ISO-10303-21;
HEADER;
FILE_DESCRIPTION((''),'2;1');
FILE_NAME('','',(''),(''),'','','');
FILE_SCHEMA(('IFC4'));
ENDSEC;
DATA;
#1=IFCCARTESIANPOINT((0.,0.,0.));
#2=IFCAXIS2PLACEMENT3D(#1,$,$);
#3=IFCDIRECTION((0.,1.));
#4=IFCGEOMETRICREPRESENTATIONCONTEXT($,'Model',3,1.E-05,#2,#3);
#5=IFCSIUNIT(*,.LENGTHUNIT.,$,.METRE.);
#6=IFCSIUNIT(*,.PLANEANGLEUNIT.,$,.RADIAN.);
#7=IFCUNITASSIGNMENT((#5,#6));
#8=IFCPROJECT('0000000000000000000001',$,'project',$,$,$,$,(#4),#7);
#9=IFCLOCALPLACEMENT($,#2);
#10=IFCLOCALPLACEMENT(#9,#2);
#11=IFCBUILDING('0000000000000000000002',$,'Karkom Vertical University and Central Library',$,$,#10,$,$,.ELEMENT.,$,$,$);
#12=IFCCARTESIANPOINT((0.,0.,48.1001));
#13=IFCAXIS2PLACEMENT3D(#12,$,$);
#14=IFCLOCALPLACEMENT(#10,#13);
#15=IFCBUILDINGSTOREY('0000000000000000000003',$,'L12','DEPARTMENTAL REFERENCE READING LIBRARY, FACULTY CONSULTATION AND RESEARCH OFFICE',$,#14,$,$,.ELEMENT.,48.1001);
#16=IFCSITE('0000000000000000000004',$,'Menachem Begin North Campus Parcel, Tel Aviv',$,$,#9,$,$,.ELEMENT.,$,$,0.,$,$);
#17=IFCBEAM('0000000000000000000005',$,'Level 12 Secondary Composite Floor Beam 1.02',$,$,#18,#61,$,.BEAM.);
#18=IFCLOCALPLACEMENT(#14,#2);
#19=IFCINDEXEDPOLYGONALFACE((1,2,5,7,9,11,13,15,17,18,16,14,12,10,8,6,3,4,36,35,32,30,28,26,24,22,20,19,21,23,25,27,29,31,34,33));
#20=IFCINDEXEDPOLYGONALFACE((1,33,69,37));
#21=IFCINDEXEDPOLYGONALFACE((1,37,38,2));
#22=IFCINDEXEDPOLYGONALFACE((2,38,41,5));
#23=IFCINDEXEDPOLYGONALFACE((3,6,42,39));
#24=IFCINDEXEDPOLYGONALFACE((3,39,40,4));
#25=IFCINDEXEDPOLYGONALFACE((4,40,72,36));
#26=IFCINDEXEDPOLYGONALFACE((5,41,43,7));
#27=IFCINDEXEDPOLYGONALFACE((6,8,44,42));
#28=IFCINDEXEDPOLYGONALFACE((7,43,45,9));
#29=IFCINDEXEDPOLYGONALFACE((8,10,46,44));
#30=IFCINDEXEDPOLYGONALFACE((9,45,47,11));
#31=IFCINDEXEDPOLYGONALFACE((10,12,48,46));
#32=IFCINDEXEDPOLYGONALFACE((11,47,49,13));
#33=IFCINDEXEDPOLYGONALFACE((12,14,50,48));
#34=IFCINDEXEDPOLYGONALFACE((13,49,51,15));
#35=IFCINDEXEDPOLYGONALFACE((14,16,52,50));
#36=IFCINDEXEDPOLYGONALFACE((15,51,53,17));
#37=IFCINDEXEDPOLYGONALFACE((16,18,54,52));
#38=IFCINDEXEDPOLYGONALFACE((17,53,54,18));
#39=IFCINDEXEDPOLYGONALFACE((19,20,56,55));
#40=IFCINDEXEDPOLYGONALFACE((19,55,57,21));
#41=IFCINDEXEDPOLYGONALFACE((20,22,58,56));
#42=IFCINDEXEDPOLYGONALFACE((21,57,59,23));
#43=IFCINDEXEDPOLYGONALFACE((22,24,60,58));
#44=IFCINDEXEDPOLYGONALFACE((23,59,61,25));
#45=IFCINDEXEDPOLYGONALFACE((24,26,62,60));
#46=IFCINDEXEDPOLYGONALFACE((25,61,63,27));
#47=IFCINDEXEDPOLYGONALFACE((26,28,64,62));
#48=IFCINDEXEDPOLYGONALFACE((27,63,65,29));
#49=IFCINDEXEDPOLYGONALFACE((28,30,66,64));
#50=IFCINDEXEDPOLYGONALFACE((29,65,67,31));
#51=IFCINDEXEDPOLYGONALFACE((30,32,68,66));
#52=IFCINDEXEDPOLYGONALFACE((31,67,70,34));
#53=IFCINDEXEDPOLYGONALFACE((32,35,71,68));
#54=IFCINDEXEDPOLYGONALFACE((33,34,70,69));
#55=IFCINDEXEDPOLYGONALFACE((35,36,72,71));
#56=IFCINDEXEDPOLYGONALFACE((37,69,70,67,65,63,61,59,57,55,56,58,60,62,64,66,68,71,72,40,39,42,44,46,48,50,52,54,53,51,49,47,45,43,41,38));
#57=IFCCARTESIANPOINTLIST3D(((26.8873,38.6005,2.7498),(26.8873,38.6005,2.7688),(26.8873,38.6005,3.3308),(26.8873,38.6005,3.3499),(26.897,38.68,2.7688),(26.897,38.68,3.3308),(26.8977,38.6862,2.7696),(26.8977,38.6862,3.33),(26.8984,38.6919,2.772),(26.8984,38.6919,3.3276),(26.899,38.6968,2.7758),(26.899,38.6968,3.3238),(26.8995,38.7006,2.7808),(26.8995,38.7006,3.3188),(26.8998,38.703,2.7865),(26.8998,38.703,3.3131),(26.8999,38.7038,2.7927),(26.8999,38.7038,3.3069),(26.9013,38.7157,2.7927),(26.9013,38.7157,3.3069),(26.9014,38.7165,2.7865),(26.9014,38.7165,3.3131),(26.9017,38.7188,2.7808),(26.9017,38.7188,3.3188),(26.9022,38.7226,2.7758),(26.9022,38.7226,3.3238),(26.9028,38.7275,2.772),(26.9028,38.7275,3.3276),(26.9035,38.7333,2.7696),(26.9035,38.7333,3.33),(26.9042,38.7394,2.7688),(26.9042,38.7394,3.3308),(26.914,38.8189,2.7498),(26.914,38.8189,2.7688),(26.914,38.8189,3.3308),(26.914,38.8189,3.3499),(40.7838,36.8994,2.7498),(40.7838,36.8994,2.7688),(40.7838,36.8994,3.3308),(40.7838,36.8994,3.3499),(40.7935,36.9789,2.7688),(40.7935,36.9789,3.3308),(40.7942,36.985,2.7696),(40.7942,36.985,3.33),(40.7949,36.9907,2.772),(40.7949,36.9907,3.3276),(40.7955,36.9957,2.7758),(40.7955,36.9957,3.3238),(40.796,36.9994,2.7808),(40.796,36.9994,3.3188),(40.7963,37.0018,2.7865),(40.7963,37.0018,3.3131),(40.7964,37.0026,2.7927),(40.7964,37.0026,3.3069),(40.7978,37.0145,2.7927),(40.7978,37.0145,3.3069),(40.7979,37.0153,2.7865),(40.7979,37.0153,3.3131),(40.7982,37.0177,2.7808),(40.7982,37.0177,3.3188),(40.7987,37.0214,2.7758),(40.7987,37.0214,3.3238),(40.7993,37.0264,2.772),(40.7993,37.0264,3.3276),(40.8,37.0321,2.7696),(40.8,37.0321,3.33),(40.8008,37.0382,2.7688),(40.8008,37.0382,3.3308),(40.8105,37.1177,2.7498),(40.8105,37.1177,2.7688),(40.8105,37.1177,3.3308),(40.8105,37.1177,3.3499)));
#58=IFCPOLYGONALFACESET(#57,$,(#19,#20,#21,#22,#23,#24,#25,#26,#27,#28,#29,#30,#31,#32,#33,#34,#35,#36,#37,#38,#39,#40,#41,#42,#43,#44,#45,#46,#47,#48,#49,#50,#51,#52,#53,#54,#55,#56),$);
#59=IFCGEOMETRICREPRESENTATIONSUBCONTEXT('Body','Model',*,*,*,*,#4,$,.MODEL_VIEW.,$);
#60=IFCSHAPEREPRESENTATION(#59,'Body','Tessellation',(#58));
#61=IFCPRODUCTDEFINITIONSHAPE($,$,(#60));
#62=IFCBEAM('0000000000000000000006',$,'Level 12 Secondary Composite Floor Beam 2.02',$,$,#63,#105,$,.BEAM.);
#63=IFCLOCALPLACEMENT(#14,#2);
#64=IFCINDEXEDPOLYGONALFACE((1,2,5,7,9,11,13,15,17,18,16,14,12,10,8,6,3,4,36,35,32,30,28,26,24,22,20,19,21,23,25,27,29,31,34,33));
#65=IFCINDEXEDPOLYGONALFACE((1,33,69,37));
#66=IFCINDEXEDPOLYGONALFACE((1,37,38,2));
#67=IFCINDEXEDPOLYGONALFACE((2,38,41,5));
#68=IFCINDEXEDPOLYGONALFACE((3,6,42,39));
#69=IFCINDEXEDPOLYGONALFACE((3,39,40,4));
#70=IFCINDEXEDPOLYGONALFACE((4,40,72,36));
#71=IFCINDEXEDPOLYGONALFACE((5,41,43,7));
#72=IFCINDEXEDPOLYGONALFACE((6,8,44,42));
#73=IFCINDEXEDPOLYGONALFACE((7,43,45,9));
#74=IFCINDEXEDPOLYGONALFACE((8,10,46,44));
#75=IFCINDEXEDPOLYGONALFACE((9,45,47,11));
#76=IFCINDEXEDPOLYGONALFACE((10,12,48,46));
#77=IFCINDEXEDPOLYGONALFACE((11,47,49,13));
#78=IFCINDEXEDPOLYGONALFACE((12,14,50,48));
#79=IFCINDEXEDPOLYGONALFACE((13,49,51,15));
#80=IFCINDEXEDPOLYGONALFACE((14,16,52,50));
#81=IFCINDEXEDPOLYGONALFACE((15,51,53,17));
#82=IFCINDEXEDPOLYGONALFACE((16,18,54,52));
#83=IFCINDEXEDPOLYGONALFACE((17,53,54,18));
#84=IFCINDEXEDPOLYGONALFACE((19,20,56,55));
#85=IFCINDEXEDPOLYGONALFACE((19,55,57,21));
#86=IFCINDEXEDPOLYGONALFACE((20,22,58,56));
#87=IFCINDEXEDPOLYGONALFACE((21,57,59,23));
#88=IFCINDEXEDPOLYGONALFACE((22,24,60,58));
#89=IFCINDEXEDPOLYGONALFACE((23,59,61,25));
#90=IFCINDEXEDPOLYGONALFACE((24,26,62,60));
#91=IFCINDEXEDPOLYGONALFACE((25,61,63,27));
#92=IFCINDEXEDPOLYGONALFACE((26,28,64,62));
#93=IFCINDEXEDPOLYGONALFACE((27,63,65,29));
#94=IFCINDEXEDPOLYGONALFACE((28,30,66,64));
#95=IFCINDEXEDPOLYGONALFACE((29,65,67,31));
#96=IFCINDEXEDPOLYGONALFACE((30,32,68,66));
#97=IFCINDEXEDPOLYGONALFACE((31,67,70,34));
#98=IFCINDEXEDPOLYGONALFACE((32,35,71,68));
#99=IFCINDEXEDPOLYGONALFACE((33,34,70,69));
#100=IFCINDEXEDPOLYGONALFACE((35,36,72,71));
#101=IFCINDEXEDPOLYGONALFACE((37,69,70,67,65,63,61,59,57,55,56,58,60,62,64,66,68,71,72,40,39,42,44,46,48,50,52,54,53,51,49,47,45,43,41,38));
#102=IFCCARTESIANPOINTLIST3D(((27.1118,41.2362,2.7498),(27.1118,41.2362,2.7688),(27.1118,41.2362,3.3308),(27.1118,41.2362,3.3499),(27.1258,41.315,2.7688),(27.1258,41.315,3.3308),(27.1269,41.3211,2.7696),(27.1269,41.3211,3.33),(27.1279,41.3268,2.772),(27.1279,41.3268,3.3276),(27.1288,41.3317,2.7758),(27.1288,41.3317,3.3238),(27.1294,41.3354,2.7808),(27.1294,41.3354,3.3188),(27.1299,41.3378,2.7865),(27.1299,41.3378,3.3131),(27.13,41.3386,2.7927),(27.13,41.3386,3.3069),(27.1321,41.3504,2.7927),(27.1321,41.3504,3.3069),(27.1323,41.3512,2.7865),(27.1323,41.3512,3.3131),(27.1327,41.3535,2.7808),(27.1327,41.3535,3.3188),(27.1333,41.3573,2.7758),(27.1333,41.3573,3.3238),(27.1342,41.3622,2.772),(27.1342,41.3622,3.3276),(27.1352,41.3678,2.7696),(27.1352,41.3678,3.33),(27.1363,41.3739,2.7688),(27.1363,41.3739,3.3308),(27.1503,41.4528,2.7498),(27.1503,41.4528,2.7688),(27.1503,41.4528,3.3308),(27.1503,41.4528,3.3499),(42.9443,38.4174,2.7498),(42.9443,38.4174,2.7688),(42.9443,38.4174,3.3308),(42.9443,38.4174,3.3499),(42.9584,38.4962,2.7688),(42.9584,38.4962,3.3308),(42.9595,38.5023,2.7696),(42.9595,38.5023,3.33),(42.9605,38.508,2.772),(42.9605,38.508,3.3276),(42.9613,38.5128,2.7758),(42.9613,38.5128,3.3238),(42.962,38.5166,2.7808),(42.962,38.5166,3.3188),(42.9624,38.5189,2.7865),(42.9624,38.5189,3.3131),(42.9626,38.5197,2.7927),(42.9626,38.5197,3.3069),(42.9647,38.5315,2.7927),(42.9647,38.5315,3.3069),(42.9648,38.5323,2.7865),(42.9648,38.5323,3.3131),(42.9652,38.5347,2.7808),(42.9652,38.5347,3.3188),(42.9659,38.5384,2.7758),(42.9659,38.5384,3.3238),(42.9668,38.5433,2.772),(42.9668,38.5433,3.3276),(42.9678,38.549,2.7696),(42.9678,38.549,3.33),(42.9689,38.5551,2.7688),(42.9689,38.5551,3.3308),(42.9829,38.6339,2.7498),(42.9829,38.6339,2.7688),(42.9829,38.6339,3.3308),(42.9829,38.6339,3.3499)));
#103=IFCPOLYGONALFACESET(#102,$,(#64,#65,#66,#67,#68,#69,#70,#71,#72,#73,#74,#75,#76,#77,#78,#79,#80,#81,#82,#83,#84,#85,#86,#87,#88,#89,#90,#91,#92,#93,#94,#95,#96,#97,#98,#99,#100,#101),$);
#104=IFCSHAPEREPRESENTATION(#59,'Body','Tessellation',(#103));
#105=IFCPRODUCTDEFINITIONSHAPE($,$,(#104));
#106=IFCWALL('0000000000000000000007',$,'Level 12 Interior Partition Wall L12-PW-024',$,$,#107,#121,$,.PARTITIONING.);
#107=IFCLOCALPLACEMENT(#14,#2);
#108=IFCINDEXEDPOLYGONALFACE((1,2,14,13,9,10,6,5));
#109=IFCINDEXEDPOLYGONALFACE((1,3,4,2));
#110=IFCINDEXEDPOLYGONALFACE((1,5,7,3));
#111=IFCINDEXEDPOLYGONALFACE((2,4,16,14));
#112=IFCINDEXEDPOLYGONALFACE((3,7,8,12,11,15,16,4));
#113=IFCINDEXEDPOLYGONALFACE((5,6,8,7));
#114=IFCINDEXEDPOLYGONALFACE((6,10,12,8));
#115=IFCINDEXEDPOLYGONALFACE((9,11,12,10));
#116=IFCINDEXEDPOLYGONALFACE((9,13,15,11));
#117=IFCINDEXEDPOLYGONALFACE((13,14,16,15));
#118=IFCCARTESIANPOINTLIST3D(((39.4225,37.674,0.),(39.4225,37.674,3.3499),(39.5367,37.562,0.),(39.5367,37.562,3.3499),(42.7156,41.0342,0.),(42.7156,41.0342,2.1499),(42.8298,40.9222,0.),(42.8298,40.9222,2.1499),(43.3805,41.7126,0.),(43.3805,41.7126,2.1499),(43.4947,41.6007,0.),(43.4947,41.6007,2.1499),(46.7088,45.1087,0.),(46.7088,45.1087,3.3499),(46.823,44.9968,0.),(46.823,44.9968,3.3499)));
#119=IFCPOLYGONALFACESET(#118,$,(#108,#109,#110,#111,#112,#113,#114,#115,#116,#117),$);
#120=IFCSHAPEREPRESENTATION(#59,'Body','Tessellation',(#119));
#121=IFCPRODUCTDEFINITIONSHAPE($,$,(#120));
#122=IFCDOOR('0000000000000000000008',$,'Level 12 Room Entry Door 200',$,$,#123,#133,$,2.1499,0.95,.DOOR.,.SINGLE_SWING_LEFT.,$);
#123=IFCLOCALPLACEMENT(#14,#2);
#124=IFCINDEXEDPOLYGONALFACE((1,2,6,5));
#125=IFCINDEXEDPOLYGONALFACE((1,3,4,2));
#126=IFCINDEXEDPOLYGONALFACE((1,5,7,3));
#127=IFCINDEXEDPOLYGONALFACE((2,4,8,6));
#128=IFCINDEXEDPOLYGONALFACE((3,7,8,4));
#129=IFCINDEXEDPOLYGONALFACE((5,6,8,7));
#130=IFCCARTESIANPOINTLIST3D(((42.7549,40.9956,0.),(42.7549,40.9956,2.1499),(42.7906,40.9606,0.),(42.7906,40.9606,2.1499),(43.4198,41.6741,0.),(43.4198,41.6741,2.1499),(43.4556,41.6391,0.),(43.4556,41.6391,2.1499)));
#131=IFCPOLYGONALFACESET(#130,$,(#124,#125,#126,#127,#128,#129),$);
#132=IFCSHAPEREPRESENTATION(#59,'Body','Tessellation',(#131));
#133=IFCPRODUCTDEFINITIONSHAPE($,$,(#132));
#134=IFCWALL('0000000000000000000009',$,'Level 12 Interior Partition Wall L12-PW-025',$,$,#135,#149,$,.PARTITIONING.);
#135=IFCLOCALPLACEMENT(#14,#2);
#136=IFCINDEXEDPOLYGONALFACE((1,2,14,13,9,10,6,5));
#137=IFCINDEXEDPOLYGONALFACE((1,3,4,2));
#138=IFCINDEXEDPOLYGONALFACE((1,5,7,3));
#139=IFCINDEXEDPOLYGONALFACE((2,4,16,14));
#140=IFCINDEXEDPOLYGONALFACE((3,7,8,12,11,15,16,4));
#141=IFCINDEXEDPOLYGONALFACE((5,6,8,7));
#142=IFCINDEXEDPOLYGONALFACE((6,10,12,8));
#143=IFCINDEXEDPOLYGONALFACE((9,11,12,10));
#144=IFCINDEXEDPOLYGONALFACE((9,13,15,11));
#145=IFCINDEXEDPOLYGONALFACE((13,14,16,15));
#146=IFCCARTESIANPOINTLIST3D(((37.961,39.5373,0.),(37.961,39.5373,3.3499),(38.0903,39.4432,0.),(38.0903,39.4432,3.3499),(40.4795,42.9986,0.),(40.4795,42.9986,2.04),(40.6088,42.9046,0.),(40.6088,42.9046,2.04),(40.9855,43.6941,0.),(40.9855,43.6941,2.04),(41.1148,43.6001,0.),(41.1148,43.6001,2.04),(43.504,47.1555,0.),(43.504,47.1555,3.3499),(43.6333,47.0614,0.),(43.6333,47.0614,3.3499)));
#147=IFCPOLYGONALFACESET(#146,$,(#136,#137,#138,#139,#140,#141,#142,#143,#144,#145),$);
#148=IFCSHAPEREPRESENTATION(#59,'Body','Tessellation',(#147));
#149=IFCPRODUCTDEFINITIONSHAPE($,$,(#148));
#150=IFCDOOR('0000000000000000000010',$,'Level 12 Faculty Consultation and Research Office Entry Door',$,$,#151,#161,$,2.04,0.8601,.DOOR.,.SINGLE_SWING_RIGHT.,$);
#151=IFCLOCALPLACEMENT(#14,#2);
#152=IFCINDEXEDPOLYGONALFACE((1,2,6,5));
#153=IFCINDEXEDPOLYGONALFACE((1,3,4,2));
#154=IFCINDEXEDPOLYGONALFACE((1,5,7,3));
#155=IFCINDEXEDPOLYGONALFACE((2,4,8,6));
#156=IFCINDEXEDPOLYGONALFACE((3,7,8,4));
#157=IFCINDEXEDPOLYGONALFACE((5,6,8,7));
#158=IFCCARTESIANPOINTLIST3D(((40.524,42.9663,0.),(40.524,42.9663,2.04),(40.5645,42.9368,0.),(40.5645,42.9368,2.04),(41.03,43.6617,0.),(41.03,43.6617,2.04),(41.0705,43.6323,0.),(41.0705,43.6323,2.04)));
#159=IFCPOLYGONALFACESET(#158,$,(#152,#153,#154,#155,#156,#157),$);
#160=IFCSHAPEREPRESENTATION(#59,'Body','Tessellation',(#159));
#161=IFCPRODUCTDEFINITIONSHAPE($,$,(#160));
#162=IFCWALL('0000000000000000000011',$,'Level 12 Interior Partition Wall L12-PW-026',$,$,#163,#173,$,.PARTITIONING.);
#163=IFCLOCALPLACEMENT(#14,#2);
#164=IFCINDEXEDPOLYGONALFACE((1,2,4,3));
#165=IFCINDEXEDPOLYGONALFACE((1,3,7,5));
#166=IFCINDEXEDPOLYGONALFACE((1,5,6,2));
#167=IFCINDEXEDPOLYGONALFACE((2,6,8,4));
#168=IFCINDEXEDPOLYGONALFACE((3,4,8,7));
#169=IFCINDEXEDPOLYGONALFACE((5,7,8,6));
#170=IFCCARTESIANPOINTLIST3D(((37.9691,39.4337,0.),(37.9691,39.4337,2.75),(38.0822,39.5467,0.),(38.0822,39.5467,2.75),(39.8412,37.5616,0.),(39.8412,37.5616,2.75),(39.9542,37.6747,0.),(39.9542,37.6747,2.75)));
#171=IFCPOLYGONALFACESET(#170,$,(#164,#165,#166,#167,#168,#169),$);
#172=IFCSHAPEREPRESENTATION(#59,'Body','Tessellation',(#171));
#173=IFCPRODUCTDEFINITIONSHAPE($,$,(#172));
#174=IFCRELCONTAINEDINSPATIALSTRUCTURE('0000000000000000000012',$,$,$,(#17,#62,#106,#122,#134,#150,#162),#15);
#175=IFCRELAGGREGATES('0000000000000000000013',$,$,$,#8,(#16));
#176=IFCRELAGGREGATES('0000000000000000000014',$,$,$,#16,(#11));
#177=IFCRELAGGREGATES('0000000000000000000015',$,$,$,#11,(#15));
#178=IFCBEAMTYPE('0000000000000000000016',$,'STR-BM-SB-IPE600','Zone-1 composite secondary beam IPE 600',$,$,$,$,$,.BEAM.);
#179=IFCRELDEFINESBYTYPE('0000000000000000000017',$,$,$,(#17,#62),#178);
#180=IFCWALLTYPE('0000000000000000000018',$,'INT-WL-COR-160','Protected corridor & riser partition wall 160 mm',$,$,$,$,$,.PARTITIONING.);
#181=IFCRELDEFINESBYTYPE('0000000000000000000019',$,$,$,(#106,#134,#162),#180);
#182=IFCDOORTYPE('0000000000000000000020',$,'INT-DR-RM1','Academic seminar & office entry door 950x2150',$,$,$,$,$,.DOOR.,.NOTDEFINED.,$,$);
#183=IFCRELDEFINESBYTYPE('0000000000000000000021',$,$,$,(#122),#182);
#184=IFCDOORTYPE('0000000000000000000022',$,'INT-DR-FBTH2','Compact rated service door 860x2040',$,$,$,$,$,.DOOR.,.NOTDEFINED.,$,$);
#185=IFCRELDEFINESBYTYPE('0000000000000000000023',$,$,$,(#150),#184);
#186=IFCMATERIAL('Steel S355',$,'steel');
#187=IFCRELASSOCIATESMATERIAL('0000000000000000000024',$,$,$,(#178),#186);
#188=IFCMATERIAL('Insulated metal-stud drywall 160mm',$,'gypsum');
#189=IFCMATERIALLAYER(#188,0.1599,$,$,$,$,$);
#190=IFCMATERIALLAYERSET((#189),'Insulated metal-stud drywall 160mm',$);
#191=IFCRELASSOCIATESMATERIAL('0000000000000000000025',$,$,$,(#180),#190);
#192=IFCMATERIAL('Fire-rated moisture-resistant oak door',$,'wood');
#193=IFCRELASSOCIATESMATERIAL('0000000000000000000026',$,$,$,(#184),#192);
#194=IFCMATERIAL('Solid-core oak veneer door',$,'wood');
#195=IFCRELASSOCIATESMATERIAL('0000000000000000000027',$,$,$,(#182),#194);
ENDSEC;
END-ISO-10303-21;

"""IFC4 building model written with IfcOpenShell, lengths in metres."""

from ifc_helpers import new_model, si_unit, direction, frame, frame_2d, origin, origin_with_axes, origin_2d, place, context, subcontext, project, spatial, rectangle, i_section, extrude, source, transform, mapped, material, layer, layer_set, material_profile, profile_set, type_object, element, fill, save


model = new_model("IFC4")

# Units and contexts
model_context = context("Model", 3, precision=1e-05, world=origin(), true_north=direction((0.0, 1.0)))
body_context = subcontext(model_context, "Body", "Model", "MODEL_VIEW")
ifc_project = project(units=[si_unit("LENGTHUNIT", "METRE"), si_unit("PLANEANGLEUNIT", "RADIAN")], contexts=[model_context])

# Site, building, storey
site_placement = place(None, origin())
site = spatial("IfcSite", under=ifc_project, at=site_placement, Name="Menachem Begin North Campus Parcel, Tel Aviv", CompositionType="ELEMENT", RefElevation=0.0)
building_placement = place(site_placement, origin())
building = spatial("IfcBuilding", under=site, at=building_placement, Name="Karkom Vertical University and Central Library", CompositionType="ELEMENT")
storey_placement = place(building_placement, frame((0.0, 0.0, 48.1001)))
storey = spatial("IfcBuildingStorey", under=building, at=storey_placement, Name="L12", Description="DEPARTMENTAL REFERENCE READING LIBRARY, FACULTY CONSULTATION AND RESEARCH OFFICE", CompositionType="ELEMENT", Elevation=48.1001)

# Beams
ifc_material_1 = material(Name="Steel S355", Category="steel")
ifc_material_profile = material_profile(ifc_material_1, i_section(OverallWidth=0.22, OverallDepth=0.6001, WebThickness=0.012, FlangeThickness=0.019, FilletRadius=0.0239, at=origin_2d()), Name="IPE 600")
ifc_profile_set = profile_set([ifc_material_profile], Name="Steel S355")
beam_type = type_object("IfcBeamType", Name="STR-BM-SB-IPE600", Description="Zone-1 composite secondary beam IPE 600", PredefinedType="BEAM", material=ifc_profile_set)
shared_shape_1 = source(origin_with_axes(), body_context, "Body", "SweptSolid", [
    extrude(i_section(OverallWidth=0.22, OverallDepth=0.6001, WebThickness=0.012, FlangeThickness=0.019, FilletRadius=0.0239, at=origin_2d()), origin(), (0.0, 0.0, 1.0), 14.0002),
])
beam_1_placement = place(storey_placement, frame((40.7971, 37.0085, 3.0498), z_axis=(-0.99259, 0.12151, 0.0), x_axis=(-0.12151, -0.99259, 0.0)))
element("IfcBeam", 1, at=beam_1_placement, inside=storey, type_object=beam_type, Name="Level 12 Secondary Composite Floor Beam 1.02", PredefinedType="BEAM", context=body_context, shape_type="MappedRepresentation", body=[
    mapped(shared_shape_1, transform((0.0, 0.0, 0.0), scale=1.0)),
])
shared_shape_2 = source(origin_with_axes(), body_context, "Body", "SweptSolid", [
    extrude(i_section(OverallWidth=0.22, OverallDepth=0.6001, WebThickness=0.012, FlangeThickness=0.019, FilletRadius=0.0239, at=origin_2d()), origin(), (0.0, 0.0, 1.0), 16.0815),
])
beam_2_placement = place(storey_placement, frame((42.9636, 38.5256, 3.0498), z_axis=(-0.984518, 0.175285, 0.0), x_axis=(-0.175285, -0.984518, 0.0)))
element("IfcBeam", 2, at=beam_2_placement, inside=storey, type_object=beam_type, Name="Level 12 Secondary Composite Floor Beam 2.02", PredefinedType="BEAM", context=body_context, shape_type="MappedRepresentation", body=[
    mapped(shared_shape_2, transform((0.0, 0.0, 0.0), scale=1.0)),
])

# Shared definitions
ifc_material_2 = material(Name="Insulated metal-stud drywall 160mm", Category="gypsum")
ifc_layer = layer(ifc_material_2, 0.1599)
ifc_layer_set = layer_set([ifc_layer], Name="Insulated metal-stud drywall 160mm")
wall_type = type_object("IfcWallType", Name="INT-WL-COR-160", Description="Protected corridor & riser partition wall 160 mm", PredefinedType="PARTITIONING", material=ifc_layer_set)
ifc_material_3 = material(Name="Fire-rated moisture-resistant oak door", Category="wood")
door_type_1 = type_object("IfcDoorType", Name="INT-DR-FBTH2", Description="Compact rated service door 860x2040", OperationType="NOTDEFINED", PredefinedType="DOOR", material=ifc_material_3)
shared_shape_3 = source(origin_with_axes(), body_context, "Body", "SweptSolid", [
    extrude(rectangle(XDim=0.8601, YDim=2.04, at=frame_2d((0.4302, 1.02))), frame((0.0, 0.0249, 0.0), z_axis=(0.0, -1.0, 0.0), x_axis=(1.0, 0.0, 0.0)), (0.0, 0.0, 1.0), 0.05),
])
ifc_material_4 = material(Name="Solid-core oak veneer door", Category="wood")
door_type_2 = type_object("IfcDoorType", Name="INT-DR-RM1", Description="Academic seminar & office entry door 950x2150", OperationType="NOTDEFINED", PredefinedType="DOOR", material=ifc_material_4)
shared_shape_4 = source(origin_with_axes(), body_context, "Body", "SweptSolid", [
    extrude(rectangle(XDim=0.95, YDim=2.1499, at=frame_2d((0.4751, 1.075))), frame((0.0, 0.0249, 0.0), z_axis=(0.0, -1.0, 0.0), x_axis=(1.0, 0.0, 0.0)), (0.0, 0.0, 1.0), 0.05),
])

# Walls, openings, doors
wall_1_placement = place(storey_placement, frame((39.4795, 37.6179, 0.0), z_axis=(0.0, 0.0, 1.0), x_axis=(0.699941, 0.7142, 0.0)))
wall_1 = element("IfcWall", 3, at=wall_1_placement, inside=storey, type_object=wall_type, Name="Level 12 Interior Partition Wall L12-PW-024", PredefinedType="PARTITIONING", context=body_context, shape_type="SweptSolid", body=[
    extrude(rectangle(XDim=10.4099, YDim=0.1599, at=frame_2d((5.2051, 0.0))), origin(), (0.0, 0.0, 1.0), 3.3499),
])
opening_1_placement = place(wall_1_placement, frame((4.7048, 0.0, 0.0)))
opening_1 = element("IfcOpeningElement", 4, at=opening_1_placement, cuts=wall_1, PredefinedType="OPENING", context=body_context, shape_type="SweptSolid", body=[
    extrude(rectangle(XDim=0.95, YDim=2.1499, at=frame_2d((0.4751, 1.075))), frame((0.0, 0.0898, 0.0), z_axis=(0.0, -1.0, 0.0), x_axis=(1.0, 0.0, 0.0)), (0.0, 0.0, 1.0), 0.1799),
])
door_1_placement = place(opening_1_placement, origin())
door_1 = element("IfcDoor", 5, at=door_1_placement, inside=storey, type_object=door_type_2, Name="Level 12 Room Entry Door 200", OperationType="SINGLE_SWING_LEFT", OverallHeight=2.1499, OverallWidth=0.95, PredefinedType="DOOR", context=body_context, shape_type="MappedRepresentation", body=[
    mapped(shared_shape_4, transform((0.0, 0.0, 0.0), scale=1.0)),
])
fill(opening_1, door_1)
wall_2_placement = place(storey_placement, frame((38.0256, 39.4902, 0.0), z_axis=(0.0, 0.0, 1.0), x_axis=(0.588344, 0.808611, 0.0)))
wall_2 = element("IfcWall", 6, at=wall_2_placement, inside=storey, type_object=wall_type, Name="Level 12 Interior Partition Wall L12-PW-025", PredefinedType="PARTITIONING", context=body_context, shape_type="SweptSolid", body=[
    extrude(rectangle(XDim=9.4214, YDim=0.1599, at=frame_2d((4.7107, 0.0))), origin(), (0.0, 0.0, 1.0), 3.3499),
])
opening_2_placement = place(wall_2_placement, frame((4.2805, 0.0, 0.0)))
opening_2 = element("IfcOpeningElement", 7, at=opening_2_placement, cuts=wall_2, PredefinedType="OPENING", context=body_context, shape_type="SweptSolid", body=[
    extrude(rectangle(XDim=0.8601, YDim=2.04, at=frame_2d((0.4302, 1.02))), frame((0.0, 0.0898, 0.0), z_axis=(0.0, -1.0, 0.0), x_axis=(1.0, 0.0, 0.0)), (0.0, 0.0, 1.0), 0.1799),
])
door_2_placement = place(opening_2_placement, origin())
door_2 = element("IfcDoor", 8, at=door_2_placement, inside=storey, type_object=door_type_1, Name="Level 12 Faculty Consultation and Research Office Entry Door", OperationType="SINGLE_SWING_RIGHT", OverallHeight=2.04, OverallWidth=0.8601, PredefinedType="DOOR", context=body_context, shape_type="MappedRepresentation", body=[
    mapped(shared_shape_3, transform((0.0, 0.0, 0.0), scale=1.0)),
])
fill(opening_2, door_2)

# Wall
wall_3_placement = place(storey_placement, frame((39.8977, 37.6182, 0.0), z_axis=(0.0, 0.0, 1.0), x_axis=(-0.707107, 0.707107, 0.0)))
element("IfcWall", 9, at=wall_3_placement, inside=storey, type_object=wall_type, Name="Level 12 Interior Partition Wall L12-PW-026", PredefinedType="PARTITIONING", context=body_context, shape_type="SweptSolid", body=[
    extrude(rectangle(XDim=2.6475, YDim=0.1599, at=frame_2d((1.3237, 0.0))), origin(), (0.0, 0.0, 1.0), 2.75),
])

save(model, "model.ifc")
